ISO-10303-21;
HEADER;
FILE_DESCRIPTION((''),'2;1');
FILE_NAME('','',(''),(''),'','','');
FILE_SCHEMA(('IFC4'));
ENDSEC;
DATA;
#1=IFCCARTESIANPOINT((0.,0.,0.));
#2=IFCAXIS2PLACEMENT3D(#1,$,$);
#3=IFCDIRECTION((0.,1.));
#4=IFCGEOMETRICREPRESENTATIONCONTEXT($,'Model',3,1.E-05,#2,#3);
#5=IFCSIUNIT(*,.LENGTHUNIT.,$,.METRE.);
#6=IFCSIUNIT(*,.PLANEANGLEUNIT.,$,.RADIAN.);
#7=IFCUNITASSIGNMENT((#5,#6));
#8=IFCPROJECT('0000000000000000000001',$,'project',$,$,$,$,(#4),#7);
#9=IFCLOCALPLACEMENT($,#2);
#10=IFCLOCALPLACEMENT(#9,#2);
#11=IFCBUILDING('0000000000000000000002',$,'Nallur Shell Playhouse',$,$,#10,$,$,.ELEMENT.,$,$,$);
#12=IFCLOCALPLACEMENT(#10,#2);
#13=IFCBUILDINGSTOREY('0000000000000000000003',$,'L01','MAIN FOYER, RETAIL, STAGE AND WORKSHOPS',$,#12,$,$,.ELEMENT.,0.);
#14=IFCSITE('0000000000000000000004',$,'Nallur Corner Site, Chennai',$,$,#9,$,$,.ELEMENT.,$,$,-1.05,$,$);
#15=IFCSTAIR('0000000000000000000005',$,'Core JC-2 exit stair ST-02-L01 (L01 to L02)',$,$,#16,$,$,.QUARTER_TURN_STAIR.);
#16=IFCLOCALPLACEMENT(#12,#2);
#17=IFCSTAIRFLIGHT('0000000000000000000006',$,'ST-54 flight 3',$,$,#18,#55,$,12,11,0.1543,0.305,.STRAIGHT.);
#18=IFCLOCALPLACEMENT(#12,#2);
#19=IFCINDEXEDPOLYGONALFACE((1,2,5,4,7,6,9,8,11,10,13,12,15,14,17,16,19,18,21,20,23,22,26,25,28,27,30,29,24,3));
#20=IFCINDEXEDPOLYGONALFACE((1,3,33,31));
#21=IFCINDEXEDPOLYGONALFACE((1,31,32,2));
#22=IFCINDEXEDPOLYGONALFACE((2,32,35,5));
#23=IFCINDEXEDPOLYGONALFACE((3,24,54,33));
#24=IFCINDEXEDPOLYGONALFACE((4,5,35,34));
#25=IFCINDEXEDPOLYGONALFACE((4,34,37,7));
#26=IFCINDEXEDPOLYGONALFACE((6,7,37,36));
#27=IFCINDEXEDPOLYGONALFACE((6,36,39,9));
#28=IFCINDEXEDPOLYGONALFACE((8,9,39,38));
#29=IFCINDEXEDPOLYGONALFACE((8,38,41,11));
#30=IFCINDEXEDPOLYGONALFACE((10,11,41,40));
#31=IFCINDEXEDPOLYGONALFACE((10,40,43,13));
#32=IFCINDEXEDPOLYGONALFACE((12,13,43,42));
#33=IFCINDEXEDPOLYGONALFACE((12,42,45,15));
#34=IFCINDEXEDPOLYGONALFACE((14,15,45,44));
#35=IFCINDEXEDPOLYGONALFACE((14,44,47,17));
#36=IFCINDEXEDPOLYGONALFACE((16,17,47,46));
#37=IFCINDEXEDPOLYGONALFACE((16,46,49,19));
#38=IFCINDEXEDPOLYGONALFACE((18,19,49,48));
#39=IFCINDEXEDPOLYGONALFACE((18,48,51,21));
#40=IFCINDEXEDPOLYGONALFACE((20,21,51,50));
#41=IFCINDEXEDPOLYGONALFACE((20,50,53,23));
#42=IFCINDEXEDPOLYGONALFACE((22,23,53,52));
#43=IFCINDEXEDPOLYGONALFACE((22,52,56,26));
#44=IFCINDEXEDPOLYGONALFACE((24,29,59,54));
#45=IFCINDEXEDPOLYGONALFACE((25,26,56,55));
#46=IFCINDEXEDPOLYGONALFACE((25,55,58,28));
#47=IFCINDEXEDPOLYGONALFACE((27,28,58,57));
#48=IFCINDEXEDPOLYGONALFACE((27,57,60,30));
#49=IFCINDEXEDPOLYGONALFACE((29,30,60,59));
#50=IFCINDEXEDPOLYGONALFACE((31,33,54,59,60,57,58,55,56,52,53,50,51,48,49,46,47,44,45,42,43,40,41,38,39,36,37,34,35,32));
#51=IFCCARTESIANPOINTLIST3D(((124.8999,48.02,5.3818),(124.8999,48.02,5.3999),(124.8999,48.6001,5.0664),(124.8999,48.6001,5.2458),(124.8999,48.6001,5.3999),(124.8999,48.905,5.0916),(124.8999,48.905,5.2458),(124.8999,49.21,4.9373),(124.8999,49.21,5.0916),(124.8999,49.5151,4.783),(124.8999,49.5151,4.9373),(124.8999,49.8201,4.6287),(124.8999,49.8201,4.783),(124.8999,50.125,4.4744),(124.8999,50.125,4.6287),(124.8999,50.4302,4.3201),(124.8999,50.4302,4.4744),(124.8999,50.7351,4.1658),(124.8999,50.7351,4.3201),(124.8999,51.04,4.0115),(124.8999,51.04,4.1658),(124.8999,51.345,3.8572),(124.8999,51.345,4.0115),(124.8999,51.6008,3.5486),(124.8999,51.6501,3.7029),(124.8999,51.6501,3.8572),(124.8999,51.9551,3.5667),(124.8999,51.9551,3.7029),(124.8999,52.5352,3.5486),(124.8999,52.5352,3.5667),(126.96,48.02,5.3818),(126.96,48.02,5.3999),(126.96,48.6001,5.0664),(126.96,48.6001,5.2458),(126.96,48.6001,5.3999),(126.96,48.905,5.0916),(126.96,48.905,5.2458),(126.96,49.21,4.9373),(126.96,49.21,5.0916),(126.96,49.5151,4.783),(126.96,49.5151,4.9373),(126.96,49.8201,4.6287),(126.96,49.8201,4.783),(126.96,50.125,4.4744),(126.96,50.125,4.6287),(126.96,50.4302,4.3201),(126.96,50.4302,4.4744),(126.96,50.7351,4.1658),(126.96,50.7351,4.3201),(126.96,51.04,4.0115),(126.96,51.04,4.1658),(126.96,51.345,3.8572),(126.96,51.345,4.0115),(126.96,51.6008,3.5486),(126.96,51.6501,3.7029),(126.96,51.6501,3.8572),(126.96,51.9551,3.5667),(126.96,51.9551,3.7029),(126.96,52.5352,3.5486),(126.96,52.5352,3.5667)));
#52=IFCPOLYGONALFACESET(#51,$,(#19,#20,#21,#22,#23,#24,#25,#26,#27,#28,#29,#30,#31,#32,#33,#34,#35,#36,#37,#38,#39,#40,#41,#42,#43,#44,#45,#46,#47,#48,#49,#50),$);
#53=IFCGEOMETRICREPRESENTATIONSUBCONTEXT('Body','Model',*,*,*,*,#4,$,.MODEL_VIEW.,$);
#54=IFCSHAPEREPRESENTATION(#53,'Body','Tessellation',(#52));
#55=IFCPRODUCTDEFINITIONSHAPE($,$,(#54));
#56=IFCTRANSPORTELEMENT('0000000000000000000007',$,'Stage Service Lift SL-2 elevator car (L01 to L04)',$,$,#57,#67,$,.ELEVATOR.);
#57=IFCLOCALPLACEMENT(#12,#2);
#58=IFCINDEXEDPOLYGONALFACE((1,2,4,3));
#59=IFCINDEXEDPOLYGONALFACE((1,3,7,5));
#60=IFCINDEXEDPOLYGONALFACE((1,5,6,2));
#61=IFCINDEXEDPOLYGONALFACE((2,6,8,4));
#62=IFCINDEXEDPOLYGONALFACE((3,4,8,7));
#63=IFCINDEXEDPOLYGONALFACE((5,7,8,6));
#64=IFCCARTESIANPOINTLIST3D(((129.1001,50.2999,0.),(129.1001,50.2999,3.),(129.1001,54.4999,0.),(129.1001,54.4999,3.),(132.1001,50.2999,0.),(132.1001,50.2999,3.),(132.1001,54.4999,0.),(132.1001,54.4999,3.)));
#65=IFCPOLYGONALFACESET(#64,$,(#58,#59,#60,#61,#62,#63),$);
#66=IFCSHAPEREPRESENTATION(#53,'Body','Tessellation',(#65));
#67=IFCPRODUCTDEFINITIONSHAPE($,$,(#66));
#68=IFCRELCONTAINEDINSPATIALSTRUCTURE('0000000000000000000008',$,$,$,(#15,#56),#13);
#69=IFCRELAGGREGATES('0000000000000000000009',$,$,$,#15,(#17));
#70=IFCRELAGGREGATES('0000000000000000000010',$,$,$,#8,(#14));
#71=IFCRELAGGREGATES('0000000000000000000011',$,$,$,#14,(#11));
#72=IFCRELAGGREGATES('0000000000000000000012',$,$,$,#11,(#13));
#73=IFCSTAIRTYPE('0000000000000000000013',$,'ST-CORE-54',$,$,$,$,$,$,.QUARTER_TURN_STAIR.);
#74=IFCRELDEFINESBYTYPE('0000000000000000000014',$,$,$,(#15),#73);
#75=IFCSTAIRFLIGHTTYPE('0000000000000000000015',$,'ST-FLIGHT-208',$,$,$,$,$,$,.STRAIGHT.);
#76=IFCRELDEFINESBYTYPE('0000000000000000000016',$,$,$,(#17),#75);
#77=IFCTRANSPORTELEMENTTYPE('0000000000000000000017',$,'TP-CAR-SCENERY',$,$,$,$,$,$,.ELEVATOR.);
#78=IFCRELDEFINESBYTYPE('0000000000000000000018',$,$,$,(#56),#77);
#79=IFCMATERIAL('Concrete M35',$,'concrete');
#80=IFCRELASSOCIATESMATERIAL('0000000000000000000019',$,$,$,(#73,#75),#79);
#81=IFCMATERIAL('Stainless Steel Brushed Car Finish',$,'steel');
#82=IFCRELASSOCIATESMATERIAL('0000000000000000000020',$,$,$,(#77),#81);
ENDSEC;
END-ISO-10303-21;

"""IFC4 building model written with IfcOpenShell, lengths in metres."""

from ifc_helpers import new_model, si_unit, direction, frame, origin, origin_2d, place, context, subcontext, project, spatial, polyline, rectangle, outline, extrude, material, type_object, element, aggregate, save


model = new_model("IFC4")

# Units and contexts
model_context = context("Model", 3, precision=1e-05, world=origin(), true_north=direction((0.0, 1.0)))
body_context = subcontext(model_context, "Body", "Model", "MODEL_VIEW")
ifc_project = project(units=[si_unit("LENGTHUNIT", "METRE"), si_unit("PLANEANGLEUNIT", "RADIAN")], contexts=[model_context])

# Site, building, storey
site_placement = place(None, origin())
site = spatial("IfcSite", under=ifc_project, at=site_placement, Name="Nallur Corner Site, Chennai", CompositionType="ELEMENT", RefElevation=-1.05)
building_placement = place(site_placement, origin())
building = spatial("IfcBuilding", under=site, at=building_placement, Name="Nallur Shell Playhouse", CompositionType="ELEMENT")
storey_placement = place(building_placement, origin())
storey = spatial("IfcBuildingStorey", under=building, at=storey_placement, Name="L01", Description="MAIN FOYER, RETAIL, STAGE AND WORKSHOPS", CompositionType="ELEMENT", Elevation=0.0)

# Shared definitions
ifc_material_1 = material(Name="Concrete M35", Category="concrete")

# Stair, stair flight
stair_type = type_object("IfcStairType", Name="ST-CORE-54", PredefinedType="QUARTER_TURN_STAIR", material=ifc_material_1)
stair_placement = place(storey_placement, origin())
stair = element("IfcStair", 1, at=stair_placement, inside=storey, type_object=stair_type, Name="Core JC-2 exit stair ST-02-L01 (L01 to L02)", PredefinedType="QUARTER_TURN_STAIR")
stair_flight_type = type_object("IfcStairFlightType", Name="ST-FLIGHT-208", PredefinedType="STRAIGHT", material=ifc_material_1)
stair_flight_1_placement = place(storey_placement, frame((125.9299, 51.9551, 3.5486), z_axis=(0.0, 0.0, 1.0), x_axis=(0.0, -1.0, 0.0)))
stair_flight_1 = element("IfcStairFlight", 2, at=stair_flight_1_placement, type_object=stair_flight_type, Name="ST-54 flight 3", NumberOfRisers=12, NumberOfTreads=11, PredefinedType="STRAIGHT", RiserHeight=0.1543, TreadLength=0.305, context=body_context, shape_type="SweptSolid", body=[
    extrude(outline(polyline([(-0.5801, 0.0), (-0.5801, 0.0181), (0.0, 0.0181), (0.0, 0.1543), (0.3049, 0.1543), (0.3049, 0.3086), (0.6101, 0.3086), (0.6101, 0.4629), (0.915, 0.4629), (0.915, 0.6172), (1.22, 0.6172), (1.22, 0.7715), (1.5249, 0.7715), (1.5249, 0.9258), (1.8301, 0.9258), (1.8301, 1.0801), (2.135, 1.0801), (2.135, 1.2344), (2.4399, 1.2344), (2.4399, 1.3887), (2.7451, 1.3887), (2.7451, 1.543), (3.05, 1.543), (3.05, 1.6973), (3.355, 1.6973), (3.355, 1.8513), (3.9351, 1.8513), (3.9351, 1.8333), (3.355, 1.5178), (0.3542, 0.0), (-0.5801, 0.0)])), frame((0.0, 1.03, 0.0), z_axis=(0.0, -1.0, 0.0), x_axis=(1.0, 0.0, 0.0)), (0.0, 0.0, 1.0), 2.0601),
])
aggregate(stair, [stair_flight_1])

# Transport element
ifc_material_2 = material(Name="Stainless Steel Brushed Car Finish", Category="steel")
transport_element_type = type_object("IfcTransportElementType", Name="TP-CAR-SCENERY", PredefinedType="ELEVATOR", material=ifc_material_2)
transport_element_placement = place(storey_placement, frame((130.6001, 52.3999, 0.0), z_axis=(0.0, 0.0, 1.0), x_axis=(1.0, 0.0, 0.0)))
element("IfcTransportElement", 3, at=transport_element_placement, inside=storey, type_object=transport_element_type, Name="Stage Service Lift SL-2 elevator car (L01 to L04)", PredefinedType="ELEVATOR", context=body_context, shape_type="SweptSolid", body=[
    extrude(rectangle(XDim=3.0, YDim=4.2, at=origin_2d()), origin(), (0.0, 0.0, 1.0), 3.0),
])

save(model, "model.ifc")
